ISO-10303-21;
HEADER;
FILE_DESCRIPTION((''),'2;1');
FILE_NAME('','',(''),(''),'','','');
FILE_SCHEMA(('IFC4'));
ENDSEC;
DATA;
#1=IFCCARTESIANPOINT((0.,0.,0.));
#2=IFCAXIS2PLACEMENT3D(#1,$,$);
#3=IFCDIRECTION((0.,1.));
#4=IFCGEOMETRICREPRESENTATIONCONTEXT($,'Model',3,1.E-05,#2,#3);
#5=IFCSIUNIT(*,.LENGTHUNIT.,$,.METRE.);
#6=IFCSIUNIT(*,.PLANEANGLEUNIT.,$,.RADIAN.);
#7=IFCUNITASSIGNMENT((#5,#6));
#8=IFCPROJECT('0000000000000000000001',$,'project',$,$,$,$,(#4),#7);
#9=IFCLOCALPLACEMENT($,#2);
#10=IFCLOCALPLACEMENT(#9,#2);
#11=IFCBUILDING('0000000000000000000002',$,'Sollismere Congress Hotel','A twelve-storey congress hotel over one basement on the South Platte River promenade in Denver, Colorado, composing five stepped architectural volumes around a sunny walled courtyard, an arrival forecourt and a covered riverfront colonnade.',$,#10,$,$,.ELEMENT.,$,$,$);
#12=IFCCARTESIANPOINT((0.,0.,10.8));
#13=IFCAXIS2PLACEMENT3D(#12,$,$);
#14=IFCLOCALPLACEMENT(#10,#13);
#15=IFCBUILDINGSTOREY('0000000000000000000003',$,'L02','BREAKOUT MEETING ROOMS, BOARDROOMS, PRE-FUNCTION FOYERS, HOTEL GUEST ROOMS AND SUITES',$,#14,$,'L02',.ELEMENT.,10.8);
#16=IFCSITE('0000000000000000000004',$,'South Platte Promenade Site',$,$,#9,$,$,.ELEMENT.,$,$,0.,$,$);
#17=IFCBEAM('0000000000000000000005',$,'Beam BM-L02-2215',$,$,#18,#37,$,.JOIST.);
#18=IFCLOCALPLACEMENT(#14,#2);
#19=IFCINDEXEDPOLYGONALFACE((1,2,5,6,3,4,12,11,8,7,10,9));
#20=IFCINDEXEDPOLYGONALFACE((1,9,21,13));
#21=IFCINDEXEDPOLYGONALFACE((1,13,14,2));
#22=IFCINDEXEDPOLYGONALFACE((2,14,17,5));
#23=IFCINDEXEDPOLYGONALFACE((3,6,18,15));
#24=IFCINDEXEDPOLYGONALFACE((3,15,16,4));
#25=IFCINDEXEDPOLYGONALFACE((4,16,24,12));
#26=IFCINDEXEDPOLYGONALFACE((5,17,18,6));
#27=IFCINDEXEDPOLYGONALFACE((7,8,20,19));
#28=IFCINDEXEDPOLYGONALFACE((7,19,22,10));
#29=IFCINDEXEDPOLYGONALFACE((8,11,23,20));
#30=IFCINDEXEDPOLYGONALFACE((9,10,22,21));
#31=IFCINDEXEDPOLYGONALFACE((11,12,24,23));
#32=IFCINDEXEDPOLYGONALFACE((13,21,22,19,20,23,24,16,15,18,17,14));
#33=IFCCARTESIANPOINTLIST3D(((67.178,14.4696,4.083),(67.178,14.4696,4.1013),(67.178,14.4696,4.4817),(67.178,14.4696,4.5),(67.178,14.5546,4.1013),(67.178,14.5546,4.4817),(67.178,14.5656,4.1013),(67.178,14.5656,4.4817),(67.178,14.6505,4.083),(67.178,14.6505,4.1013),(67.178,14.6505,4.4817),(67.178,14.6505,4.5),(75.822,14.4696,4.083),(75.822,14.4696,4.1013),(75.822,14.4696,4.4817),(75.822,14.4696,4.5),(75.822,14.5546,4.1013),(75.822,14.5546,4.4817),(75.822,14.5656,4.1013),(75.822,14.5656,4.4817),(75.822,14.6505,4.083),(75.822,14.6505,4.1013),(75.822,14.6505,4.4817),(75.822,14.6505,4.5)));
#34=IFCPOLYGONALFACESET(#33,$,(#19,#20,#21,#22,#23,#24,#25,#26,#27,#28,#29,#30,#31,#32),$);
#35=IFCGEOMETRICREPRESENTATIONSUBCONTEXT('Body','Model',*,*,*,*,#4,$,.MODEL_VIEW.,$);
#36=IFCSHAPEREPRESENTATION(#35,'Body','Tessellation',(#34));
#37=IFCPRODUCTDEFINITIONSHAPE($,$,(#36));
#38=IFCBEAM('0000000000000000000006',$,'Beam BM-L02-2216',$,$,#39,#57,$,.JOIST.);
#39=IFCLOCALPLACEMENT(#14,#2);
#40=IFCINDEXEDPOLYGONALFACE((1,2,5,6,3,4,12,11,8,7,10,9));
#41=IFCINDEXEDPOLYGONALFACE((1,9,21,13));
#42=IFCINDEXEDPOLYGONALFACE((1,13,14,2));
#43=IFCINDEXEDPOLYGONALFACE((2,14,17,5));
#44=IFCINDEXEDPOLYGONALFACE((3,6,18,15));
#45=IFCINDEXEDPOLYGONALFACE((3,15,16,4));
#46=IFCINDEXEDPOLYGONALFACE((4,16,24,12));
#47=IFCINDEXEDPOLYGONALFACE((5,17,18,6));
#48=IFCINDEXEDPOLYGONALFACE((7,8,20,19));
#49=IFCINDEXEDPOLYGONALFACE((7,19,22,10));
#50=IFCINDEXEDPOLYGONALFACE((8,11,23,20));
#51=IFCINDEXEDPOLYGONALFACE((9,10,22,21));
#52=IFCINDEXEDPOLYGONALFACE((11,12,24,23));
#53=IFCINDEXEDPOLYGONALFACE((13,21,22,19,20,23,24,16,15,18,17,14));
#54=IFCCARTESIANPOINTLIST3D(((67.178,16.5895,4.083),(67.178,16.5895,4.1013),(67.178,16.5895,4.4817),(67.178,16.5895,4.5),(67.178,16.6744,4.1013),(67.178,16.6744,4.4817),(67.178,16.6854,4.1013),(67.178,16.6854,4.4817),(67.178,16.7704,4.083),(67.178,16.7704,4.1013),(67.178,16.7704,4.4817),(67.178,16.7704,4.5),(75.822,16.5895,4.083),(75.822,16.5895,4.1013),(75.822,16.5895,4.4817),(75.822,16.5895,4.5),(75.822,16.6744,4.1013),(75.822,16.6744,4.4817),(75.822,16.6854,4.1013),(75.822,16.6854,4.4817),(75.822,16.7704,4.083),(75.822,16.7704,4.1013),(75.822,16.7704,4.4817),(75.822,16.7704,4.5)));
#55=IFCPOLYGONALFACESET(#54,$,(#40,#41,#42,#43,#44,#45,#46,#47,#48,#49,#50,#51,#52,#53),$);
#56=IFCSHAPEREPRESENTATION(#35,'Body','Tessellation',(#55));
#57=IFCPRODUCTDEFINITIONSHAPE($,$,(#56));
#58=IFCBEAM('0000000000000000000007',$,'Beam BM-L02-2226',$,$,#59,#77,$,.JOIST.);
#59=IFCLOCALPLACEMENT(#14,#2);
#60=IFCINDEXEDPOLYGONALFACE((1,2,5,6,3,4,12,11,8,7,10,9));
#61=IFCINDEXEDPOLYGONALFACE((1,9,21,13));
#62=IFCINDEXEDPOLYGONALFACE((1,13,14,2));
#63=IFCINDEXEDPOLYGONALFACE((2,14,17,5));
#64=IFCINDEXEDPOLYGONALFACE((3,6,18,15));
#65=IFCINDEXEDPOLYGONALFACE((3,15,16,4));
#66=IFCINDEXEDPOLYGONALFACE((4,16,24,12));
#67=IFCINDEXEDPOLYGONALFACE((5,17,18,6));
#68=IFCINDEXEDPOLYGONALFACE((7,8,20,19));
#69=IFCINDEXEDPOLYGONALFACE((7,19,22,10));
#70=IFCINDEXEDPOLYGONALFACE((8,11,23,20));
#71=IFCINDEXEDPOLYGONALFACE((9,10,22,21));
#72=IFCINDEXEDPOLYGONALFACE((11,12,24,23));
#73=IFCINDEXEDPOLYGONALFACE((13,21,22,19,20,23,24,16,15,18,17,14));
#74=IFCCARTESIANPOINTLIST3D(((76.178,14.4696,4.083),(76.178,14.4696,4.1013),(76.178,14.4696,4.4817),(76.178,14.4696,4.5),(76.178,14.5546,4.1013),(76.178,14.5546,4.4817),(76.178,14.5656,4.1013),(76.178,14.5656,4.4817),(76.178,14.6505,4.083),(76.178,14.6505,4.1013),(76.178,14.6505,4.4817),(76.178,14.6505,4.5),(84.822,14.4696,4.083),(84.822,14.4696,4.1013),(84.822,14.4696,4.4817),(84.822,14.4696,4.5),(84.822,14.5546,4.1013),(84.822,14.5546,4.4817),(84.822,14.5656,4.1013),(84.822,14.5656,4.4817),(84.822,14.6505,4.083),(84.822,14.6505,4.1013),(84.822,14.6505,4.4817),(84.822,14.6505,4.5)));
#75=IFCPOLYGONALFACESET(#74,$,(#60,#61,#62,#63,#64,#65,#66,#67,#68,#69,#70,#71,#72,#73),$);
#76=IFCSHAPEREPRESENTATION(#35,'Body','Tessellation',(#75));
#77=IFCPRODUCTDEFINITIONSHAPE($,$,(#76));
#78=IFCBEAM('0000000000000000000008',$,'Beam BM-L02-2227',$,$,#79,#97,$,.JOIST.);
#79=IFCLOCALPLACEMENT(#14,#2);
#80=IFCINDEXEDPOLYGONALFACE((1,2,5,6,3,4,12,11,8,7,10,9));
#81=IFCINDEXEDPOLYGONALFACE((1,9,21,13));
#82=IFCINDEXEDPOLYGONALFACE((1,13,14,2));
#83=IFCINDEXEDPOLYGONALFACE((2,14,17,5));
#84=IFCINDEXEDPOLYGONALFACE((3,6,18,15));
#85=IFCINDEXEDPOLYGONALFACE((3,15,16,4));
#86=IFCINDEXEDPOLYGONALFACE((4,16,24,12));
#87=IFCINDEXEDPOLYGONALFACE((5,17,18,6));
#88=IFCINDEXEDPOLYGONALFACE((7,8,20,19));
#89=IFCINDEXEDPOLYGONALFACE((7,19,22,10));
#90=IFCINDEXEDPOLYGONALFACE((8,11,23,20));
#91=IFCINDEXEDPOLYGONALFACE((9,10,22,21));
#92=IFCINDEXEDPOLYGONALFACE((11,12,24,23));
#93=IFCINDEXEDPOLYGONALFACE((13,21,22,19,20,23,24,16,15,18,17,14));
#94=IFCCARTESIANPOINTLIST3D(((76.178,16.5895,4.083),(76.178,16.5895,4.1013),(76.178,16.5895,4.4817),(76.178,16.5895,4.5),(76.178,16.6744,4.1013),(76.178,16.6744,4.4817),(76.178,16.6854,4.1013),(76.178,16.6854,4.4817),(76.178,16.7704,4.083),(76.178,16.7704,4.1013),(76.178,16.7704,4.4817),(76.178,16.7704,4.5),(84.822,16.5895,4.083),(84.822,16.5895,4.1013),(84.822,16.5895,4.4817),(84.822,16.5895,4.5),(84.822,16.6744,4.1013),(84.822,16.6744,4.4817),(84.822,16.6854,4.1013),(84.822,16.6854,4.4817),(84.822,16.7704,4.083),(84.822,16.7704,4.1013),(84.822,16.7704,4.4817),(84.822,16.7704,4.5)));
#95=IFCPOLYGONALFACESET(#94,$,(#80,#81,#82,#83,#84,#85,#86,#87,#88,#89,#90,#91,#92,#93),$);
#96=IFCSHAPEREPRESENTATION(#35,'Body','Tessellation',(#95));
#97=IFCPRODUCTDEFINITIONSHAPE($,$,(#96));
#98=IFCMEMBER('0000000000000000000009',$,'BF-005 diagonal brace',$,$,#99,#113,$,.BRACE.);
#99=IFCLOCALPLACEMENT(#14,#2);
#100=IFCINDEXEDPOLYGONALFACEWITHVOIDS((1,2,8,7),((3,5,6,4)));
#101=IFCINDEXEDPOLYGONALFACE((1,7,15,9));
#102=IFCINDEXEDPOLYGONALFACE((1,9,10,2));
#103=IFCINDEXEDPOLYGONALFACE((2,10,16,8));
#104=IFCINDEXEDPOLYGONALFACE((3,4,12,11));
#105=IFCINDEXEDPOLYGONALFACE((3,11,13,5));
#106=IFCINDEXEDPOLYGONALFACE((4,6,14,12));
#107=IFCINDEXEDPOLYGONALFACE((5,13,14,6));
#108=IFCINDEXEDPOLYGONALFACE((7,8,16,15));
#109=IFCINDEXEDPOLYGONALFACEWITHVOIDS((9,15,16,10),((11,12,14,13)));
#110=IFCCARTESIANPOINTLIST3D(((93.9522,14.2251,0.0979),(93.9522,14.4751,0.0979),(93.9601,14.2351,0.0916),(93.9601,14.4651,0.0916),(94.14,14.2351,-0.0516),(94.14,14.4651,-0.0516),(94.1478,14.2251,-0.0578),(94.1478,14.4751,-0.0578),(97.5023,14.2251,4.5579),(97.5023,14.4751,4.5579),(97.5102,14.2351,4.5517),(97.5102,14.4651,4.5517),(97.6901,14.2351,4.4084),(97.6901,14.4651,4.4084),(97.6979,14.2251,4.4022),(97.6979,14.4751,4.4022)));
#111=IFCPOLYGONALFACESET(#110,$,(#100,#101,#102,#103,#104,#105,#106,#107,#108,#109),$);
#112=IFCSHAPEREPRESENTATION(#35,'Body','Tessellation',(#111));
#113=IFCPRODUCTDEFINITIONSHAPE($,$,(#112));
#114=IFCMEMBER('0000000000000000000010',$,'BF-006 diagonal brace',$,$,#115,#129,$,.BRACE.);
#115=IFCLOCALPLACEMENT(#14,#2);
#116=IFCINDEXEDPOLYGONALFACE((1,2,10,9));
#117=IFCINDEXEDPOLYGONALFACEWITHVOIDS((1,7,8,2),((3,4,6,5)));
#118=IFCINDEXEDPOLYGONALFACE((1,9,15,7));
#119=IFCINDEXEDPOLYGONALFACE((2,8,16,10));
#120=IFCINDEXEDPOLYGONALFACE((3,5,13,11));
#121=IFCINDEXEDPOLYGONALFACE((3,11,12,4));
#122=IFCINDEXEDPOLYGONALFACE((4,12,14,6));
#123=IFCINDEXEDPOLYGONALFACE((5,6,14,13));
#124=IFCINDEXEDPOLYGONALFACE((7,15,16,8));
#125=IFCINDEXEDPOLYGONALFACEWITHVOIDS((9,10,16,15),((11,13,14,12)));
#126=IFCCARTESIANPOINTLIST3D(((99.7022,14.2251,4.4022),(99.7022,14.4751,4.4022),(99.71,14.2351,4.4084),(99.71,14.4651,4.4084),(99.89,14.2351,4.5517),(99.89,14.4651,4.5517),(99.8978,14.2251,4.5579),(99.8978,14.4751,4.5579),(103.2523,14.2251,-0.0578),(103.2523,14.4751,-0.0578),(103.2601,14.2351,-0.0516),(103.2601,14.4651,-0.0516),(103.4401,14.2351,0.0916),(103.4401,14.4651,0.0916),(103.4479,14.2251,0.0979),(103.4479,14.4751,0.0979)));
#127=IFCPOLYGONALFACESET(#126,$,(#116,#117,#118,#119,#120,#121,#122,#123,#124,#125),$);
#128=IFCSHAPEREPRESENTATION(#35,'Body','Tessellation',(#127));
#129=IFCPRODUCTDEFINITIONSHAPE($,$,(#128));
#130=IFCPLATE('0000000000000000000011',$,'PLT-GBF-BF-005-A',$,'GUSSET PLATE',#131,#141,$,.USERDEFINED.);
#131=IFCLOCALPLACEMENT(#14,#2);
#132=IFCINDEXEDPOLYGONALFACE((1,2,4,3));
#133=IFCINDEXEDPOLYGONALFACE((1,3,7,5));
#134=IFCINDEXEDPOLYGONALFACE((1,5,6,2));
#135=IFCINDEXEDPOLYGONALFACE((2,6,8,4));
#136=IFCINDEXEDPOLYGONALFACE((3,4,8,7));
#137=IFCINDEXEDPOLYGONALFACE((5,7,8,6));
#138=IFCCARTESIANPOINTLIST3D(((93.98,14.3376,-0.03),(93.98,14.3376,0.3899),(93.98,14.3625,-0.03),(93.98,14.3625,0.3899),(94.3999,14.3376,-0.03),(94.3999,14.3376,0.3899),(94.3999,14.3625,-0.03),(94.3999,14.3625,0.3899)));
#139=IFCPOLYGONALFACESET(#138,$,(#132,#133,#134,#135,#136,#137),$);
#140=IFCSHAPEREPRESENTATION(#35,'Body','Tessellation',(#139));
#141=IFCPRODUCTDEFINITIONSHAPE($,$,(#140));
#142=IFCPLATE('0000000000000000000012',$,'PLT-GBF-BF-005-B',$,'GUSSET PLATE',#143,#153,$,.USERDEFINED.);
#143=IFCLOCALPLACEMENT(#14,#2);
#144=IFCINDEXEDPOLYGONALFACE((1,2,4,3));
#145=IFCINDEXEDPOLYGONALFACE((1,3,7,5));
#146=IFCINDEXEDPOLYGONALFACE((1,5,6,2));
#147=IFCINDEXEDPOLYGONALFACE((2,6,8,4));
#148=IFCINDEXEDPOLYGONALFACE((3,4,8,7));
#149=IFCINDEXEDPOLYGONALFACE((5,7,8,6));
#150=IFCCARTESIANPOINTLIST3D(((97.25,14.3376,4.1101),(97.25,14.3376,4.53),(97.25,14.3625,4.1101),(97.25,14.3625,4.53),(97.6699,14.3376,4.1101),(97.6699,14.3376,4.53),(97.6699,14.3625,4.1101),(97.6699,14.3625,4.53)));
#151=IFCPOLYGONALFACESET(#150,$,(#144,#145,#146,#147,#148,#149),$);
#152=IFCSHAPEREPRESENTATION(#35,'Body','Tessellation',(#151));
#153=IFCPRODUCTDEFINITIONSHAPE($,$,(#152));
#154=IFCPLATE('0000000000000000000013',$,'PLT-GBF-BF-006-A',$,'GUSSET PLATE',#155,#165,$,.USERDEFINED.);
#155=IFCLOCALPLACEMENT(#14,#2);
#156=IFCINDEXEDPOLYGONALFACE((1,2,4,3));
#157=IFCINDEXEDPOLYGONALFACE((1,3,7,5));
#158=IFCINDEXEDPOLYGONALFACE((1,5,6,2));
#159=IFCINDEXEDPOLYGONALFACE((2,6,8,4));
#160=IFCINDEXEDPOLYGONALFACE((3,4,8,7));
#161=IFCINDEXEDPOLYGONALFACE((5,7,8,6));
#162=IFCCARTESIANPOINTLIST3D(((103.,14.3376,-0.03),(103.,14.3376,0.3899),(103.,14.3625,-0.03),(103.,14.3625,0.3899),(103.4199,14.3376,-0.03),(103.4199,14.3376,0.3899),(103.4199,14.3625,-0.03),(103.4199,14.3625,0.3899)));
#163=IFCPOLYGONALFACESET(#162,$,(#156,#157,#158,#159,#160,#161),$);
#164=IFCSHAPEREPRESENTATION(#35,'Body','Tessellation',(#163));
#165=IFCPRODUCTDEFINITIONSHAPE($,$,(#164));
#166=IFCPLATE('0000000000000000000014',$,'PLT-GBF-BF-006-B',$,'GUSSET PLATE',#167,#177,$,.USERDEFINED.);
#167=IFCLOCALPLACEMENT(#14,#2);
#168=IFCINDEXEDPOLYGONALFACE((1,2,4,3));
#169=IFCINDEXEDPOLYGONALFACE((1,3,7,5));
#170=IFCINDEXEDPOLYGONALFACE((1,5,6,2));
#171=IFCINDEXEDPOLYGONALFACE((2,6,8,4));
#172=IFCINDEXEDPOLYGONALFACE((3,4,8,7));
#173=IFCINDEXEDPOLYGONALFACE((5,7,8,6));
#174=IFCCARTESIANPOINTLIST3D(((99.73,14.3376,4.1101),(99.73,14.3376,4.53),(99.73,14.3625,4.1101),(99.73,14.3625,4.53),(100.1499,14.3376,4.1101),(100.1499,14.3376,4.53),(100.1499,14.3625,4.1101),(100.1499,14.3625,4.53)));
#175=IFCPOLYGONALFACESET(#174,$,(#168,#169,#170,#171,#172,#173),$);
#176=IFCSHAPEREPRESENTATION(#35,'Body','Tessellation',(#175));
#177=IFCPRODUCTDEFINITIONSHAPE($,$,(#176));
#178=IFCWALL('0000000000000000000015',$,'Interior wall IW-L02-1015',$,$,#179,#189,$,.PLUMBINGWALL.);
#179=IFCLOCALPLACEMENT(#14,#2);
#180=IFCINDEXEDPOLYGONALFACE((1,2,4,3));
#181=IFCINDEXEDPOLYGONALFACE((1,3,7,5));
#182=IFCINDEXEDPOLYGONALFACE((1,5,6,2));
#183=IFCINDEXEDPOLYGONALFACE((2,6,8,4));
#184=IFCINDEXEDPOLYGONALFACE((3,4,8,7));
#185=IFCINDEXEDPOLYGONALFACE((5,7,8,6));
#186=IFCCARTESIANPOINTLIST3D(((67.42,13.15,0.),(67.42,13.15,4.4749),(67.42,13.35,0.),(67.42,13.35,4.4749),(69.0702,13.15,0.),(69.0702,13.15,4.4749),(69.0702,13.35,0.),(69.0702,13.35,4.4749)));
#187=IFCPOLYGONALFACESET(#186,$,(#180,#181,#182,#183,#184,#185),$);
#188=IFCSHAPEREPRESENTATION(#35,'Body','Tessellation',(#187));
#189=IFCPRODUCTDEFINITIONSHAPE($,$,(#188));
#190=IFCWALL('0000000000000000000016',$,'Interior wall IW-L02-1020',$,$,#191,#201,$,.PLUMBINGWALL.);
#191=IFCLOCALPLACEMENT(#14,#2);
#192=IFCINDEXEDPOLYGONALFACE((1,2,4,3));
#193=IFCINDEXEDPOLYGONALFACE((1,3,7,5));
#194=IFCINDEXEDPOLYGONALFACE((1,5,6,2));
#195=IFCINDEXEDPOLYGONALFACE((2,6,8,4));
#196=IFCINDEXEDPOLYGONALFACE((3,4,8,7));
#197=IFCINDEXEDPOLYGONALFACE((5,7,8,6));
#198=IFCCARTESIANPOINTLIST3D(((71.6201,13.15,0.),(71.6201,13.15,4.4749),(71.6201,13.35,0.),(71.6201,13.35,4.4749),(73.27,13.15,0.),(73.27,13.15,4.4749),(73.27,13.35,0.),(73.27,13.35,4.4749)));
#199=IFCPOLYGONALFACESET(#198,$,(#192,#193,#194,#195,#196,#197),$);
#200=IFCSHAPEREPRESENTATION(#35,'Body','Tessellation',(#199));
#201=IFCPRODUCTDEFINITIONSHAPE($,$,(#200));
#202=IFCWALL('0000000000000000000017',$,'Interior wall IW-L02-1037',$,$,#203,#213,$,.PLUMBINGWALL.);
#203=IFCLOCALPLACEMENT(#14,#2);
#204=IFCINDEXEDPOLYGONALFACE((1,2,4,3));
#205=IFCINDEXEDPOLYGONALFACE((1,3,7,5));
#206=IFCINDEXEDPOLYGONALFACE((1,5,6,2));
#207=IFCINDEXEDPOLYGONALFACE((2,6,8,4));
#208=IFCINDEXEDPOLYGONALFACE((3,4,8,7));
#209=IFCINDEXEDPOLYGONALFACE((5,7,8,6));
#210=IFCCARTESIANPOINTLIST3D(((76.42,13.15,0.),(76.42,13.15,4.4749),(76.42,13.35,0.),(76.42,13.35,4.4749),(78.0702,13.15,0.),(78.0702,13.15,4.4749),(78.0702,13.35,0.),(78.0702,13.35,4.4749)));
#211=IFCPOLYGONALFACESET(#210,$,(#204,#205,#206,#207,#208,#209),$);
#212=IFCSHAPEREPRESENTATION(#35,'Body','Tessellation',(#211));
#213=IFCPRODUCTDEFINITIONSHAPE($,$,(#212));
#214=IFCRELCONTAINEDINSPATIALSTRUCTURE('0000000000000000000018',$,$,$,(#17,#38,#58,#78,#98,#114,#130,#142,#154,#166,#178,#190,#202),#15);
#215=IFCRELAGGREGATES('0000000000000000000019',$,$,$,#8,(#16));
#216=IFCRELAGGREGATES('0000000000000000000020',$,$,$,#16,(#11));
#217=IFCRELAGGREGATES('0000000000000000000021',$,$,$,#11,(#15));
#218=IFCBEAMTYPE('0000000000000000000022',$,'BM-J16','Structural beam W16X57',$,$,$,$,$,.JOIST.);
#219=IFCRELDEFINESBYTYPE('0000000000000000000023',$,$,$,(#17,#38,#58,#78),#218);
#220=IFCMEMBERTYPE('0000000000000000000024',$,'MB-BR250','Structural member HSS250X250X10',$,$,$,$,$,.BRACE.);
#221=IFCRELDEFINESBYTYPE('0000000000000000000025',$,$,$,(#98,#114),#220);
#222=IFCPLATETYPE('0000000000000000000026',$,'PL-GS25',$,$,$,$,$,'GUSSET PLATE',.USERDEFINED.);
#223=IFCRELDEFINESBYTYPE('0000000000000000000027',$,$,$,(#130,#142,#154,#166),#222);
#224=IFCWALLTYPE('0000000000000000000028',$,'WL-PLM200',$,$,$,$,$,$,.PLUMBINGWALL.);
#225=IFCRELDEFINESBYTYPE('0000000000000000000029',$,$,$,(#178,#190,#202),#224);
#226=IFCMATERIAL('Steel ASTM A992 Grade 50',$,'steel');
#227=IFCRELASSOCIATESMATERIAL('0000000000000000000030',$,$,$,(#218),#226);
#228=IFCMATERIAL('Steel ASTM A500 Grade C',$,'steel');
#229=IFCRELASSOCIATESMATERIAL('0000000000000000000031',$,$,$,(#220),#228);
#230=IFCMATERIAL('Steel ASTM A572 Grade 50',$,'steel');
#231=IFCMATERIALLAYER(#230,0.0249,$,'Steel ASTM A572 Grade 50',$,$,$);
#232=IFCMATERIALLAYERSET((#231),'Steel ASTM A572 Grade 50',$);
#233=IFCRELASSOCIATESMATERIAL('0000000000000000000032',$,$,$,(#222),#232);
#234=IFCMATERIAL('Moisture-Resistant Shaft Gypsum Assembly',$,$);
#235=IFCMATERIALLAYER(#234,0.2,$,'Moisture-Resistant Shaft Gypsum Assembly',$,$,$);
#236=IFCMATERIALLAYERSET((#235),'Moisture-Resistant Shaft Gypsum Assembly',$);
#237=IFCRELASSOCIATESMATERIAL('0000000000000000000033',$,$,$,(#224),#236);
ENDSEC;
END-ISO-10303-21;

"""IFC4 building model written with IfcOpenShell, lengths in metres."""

from ifc_helpers import new_model, si_unit, direction, frame, frame_2d, origin, origin_2d, place, context, subcontext, project, spatial, rectangle, hollow_rectangle, i_section, extrude, material, layer, layer_set, material_profile, profile_set, type_object, element, save


model = new_model("IFC4")

# Units and contexts
model_context = context("Model", 3, precision=1e-05, world=origin(), true_north=direction((0.0, 1.0)))
body_context = subcontext(model_context, "Body", "Model", "MODEL_VIEW")
ifc_project = project(units=[si_unit("LENGTHUNIT", "METRE"), si_unit("PLANEANGLEUNIT", "RADIAN")], contexts=[model_context])

# Site, building, storey
site_placement = place(None, origin())
site = spatial("IfcSite", under=ifc_project, at=site_placement, Name="South Platte Promenade Site", CompositionType="ELEMENT", RefElevation=0.0)
building_placement = place(site_placement, origin())
building = spatial("IfcBuilding", under=site, at=building_placement, Name="Sollismere Congress Hotel", Description="A twelve-storey congress hotel over one basement on the South Platte River promenade in Denver, Colorado, composing five stepped architectural volumes around a sunny walled courtyard, an arrival forecourt and a covered riverfront colonnade.", CompositionType="ELEMENT")
storey_placement = place(building_placement, frame((0.0, 0.0, 10.8)))
storey = spatial("IfcBuildingStorey", under=building, at=storey_placement, Name="L02", Description="BREAKOUT MEETING ROOMS, BOARDROOMS, PRE-FUNCTION FOYERS, HOTEL GUEST ROOMS AND SUITES", LongName="L02", CompositionType="ELEMENT", Elevation=10.8)

# Beams
ifc_material_1 = material(Name="Steel ASTM A992 Grade 50", Category="steel")
ifc_material_profile_1 = material_profile(ifc_material_1, i_section(OverallWidth=0.1809, OverallDepth=0.417, WebThickness=0.011, FlangeThickness=0.0183, at=origin_2d()), Name="W16X57")
ifc_profile_set_1 = profile_set([ifc_material_profile_1], Name="Steel ASTM A992 Grade 50")
beam_type = type_object("IfcBeamType", Name="BM-J16", Description="Structural beam W16X57", PredefinedType="JOIST", material=ifc_profile_set_1)
for number, where, z_axis, x_axis, name in (
    (1, (67.178, 14.5601, 4.2915), (1.0, 0.0, 0.0), (0.0, 1.0, 0.0), "Beam BM-L02-2215"),
    (2, (67.178, 16.6799, 4.2915), (1.0, 0.0, 0.0), (0.0, 1.0, 0.0), "Beam BM-L02-2216"),
    (3, (76.178, 14.5601, 4.2915), (1.0, 0.0, 0.0), (0.0, 1.0, 0.0), "Beam BM-L02-2226"),
    (4, (76.178, 16.6799, 4.2915), (1.0, 0.0, 0.0), (0.0, 1.0, 0.0), "Beam BM-L02-2227"),
):
    element("IfcBeam", number, at=place(storey_placement, frame(where, z_axis=z_axis, x_axis=x_axis)), inside=storey, type_object=beam_type, Name=name, PredefinedType="JOIST", context=body_context, shape_type="SweptSolid", body=[
        extrude(i_section(OverallWidth=0.1809, OverallDepth=0.417, WebThickness=0.011, FlangeThickness=0.0183, at=origin_2d()), origin(), (0.0, 0.0, 1.0), 8.644),
    ])

# Members
ifc_material_2 = material(Name="Steel ASTM A500 Grade C", Category="steel")
ifc_material_profile_2 = material_profile(ifc_material_2, hollow_rectangle(XDim=0.25, YDim=0.25, WallThickness=0.01, at=origin_2d()), Name="HSS250X250X10")
ifc_profile_set_2 = profile_set([ifc_material_profile_2], Name="Steel ASTM A500 Grade C")
member_type = type_object("IfcMemberType", Name="MB-BR250", Description="Structural member HSS250X250X10", PredefinedType="BRACE", material=ifc_profile_set_2)
for number, where, z_axis, x_axis, name in (
    (5, (94.05, 14.3501, 0.02), (0.622776, 0.0, 0.7824), (0.0, 1.0, 0.0), "BF-005 diagonal brace"),
    (6, (103.3501, 14.3501, 0.02), (-0.622776, 0.0, 0.7824), (0.0, -1.0, 0.0), "BF-006 diagonal brace"),
):
    element("IfcMember", number, at=place(storey_placement, frame(where, z_axis=z_axis, x_axis=x_axis)), inside=storey, type_object=member_type, Name=name, PredefinedType="BRACE", context=body_context, shape_type="SweptSolid", body=[
        extrude(hollow_rectangle(XDim=0.25, YDim=0.25, WallThickness=0.01, at=origin_2d()), origin(), (0.0, 0.0, 1.0), 5.7004),
    ])

# Plates
ifc_material_3 = material(Name="Steel ASTM A572 Grade 50", Category="steel")
ifc_layer_1 = layer(ifc_material_3, 0.0249, Name="Steel ASTM A572 Grade 50")
ifc_layer_set_1 = layer_set([ifc_layer_1], Name="Steel ASTM A572 Grade 50")
plate_type = type_object("IfcPlateType", Name="PL-GS25", ElementType="GUSSET PLATE", PredefinedType="USERDEFINED", material=ifc_layer_set_1)
for number, where, z_axis, x_axis, name in (
    (7, (94.1899, 14.3501, -0.03), (0.0, 0.0, 1.0), (1.0, 0.0, 0.0), "PLT-GBF-BF-005-A"),
    (8, (97.46, 14.3501, 4.1101), (0.0, 0.0, 1.0), (1.0, 0.0, 0.0), "PLT-GBF-BF-005-B"),
    (9, (103.21, 14.3501, -0.03), (0.0, 0.0, 1.0), (1.0, 0.0, 0.0), "PLT-GBF-BF-006-A"),
    (10, (99.9399, 14.3501, 4.1101), (0.0, 0.0, 1.0), (1.0, 0.0, 0.0), "PLT-GBF-BF-006-B"),
):
    element("IfcPlate", number, at=place(storey_placement, frame(where, z_axis=z_axis, x_axis=x_axis)), inside=storey, type_object=plate_type, Name=name, ObjectType="GUSSET PLATE", PredefinedType="USERDEFINED", context=body_context, shape_type="SweptSolid", body=[
        extrude(rectangle(XDim=0.4199, YDim=0.0249, at=origin_2d()), origin(), (0.0, 0.0, 1.0), 0.4199),
    ])

# Walls
ifc_material_4 = material(Name="Moisture-Resistant Shaft Gypsum Assembly")
ifc_layer_2 = layer(ifc_material_4, 0.2, Name="Moisture-Resistant Shaft Gypsum Assembly")
ifc_layer_set_2 = layer_set([ifc_layer_2], Name="Moisture-Resistant Shaft Gypsum Assembly")
wall_type_1 = type_object("IfcWallType", Name="WL-PLM200", PredefinedType="PLUMBINGWALL", material=ifc_layer_set_2)
wall_1_placement = place(storey_placement, frame((67.4199, 13.25, 0.0), z_axis=(0.0, 0.0, 1.0), x_axis=(1.0, 0.0, 0.0)))
element("IfcWall", 11, at=wall_1_placement, inside=storey, type_object=wall_type_1, Name="Interior wall IW-L02-1015", PredefinedType="PLUMBINGWALL", context=body_context, shape_type="SweptSolid", body=[
    extrude(rectangle(XDim=1.6501, YDim=0.2, at=frame_2d((0.8252, 0.0))), origin(), (0.0, 0.0, 1.0), 4.4749),
])
wall_2_placement = place(storey_placement, frame((71.6201, 13.25, 0.0), z_axis=(0.0, 0.0, 1.0), x_axis=(1.0, 0.0, 0.0)))
element("IfcWall", 12, at=wall_2_placement, inside=storey, type_object=wall_type_1, Name="Interior wall IW-L02-1020", PredefinedType="PLUMBINGWALL", context=body_context, shape_type="SweptSolid", body=[
    extrude(rectangle(XDim=1.6499, YDim=0.2, at=frame_2d((0.825, 0.0))), origin(), (0.0, 0.0, 1.0), 4.4749),
])
wall_3_placement = place(storey_placement, frame((76.4199, 13.25, 0.0), z_axis=(0.0, 0.0, 1.0), x_axis=(1.0, 0.0, 0.0)))
element("IfcWall", 13, at=wall_3_placement, inside=storey, type_object=wall_type_1, Name="Interior wall IW-L02-1037", PredefinedType="PLUMBINGWALL", context=body_context, shape_type="SweptSolid", body=[
    extrude(rectangle(XDim=1.6501, YDim=0.2, at=frame_2d((0.8252, 0.0))), origin(), (0.0, 0.0, 1.0), 4.4749),
])

save(model, "model.ifc")
